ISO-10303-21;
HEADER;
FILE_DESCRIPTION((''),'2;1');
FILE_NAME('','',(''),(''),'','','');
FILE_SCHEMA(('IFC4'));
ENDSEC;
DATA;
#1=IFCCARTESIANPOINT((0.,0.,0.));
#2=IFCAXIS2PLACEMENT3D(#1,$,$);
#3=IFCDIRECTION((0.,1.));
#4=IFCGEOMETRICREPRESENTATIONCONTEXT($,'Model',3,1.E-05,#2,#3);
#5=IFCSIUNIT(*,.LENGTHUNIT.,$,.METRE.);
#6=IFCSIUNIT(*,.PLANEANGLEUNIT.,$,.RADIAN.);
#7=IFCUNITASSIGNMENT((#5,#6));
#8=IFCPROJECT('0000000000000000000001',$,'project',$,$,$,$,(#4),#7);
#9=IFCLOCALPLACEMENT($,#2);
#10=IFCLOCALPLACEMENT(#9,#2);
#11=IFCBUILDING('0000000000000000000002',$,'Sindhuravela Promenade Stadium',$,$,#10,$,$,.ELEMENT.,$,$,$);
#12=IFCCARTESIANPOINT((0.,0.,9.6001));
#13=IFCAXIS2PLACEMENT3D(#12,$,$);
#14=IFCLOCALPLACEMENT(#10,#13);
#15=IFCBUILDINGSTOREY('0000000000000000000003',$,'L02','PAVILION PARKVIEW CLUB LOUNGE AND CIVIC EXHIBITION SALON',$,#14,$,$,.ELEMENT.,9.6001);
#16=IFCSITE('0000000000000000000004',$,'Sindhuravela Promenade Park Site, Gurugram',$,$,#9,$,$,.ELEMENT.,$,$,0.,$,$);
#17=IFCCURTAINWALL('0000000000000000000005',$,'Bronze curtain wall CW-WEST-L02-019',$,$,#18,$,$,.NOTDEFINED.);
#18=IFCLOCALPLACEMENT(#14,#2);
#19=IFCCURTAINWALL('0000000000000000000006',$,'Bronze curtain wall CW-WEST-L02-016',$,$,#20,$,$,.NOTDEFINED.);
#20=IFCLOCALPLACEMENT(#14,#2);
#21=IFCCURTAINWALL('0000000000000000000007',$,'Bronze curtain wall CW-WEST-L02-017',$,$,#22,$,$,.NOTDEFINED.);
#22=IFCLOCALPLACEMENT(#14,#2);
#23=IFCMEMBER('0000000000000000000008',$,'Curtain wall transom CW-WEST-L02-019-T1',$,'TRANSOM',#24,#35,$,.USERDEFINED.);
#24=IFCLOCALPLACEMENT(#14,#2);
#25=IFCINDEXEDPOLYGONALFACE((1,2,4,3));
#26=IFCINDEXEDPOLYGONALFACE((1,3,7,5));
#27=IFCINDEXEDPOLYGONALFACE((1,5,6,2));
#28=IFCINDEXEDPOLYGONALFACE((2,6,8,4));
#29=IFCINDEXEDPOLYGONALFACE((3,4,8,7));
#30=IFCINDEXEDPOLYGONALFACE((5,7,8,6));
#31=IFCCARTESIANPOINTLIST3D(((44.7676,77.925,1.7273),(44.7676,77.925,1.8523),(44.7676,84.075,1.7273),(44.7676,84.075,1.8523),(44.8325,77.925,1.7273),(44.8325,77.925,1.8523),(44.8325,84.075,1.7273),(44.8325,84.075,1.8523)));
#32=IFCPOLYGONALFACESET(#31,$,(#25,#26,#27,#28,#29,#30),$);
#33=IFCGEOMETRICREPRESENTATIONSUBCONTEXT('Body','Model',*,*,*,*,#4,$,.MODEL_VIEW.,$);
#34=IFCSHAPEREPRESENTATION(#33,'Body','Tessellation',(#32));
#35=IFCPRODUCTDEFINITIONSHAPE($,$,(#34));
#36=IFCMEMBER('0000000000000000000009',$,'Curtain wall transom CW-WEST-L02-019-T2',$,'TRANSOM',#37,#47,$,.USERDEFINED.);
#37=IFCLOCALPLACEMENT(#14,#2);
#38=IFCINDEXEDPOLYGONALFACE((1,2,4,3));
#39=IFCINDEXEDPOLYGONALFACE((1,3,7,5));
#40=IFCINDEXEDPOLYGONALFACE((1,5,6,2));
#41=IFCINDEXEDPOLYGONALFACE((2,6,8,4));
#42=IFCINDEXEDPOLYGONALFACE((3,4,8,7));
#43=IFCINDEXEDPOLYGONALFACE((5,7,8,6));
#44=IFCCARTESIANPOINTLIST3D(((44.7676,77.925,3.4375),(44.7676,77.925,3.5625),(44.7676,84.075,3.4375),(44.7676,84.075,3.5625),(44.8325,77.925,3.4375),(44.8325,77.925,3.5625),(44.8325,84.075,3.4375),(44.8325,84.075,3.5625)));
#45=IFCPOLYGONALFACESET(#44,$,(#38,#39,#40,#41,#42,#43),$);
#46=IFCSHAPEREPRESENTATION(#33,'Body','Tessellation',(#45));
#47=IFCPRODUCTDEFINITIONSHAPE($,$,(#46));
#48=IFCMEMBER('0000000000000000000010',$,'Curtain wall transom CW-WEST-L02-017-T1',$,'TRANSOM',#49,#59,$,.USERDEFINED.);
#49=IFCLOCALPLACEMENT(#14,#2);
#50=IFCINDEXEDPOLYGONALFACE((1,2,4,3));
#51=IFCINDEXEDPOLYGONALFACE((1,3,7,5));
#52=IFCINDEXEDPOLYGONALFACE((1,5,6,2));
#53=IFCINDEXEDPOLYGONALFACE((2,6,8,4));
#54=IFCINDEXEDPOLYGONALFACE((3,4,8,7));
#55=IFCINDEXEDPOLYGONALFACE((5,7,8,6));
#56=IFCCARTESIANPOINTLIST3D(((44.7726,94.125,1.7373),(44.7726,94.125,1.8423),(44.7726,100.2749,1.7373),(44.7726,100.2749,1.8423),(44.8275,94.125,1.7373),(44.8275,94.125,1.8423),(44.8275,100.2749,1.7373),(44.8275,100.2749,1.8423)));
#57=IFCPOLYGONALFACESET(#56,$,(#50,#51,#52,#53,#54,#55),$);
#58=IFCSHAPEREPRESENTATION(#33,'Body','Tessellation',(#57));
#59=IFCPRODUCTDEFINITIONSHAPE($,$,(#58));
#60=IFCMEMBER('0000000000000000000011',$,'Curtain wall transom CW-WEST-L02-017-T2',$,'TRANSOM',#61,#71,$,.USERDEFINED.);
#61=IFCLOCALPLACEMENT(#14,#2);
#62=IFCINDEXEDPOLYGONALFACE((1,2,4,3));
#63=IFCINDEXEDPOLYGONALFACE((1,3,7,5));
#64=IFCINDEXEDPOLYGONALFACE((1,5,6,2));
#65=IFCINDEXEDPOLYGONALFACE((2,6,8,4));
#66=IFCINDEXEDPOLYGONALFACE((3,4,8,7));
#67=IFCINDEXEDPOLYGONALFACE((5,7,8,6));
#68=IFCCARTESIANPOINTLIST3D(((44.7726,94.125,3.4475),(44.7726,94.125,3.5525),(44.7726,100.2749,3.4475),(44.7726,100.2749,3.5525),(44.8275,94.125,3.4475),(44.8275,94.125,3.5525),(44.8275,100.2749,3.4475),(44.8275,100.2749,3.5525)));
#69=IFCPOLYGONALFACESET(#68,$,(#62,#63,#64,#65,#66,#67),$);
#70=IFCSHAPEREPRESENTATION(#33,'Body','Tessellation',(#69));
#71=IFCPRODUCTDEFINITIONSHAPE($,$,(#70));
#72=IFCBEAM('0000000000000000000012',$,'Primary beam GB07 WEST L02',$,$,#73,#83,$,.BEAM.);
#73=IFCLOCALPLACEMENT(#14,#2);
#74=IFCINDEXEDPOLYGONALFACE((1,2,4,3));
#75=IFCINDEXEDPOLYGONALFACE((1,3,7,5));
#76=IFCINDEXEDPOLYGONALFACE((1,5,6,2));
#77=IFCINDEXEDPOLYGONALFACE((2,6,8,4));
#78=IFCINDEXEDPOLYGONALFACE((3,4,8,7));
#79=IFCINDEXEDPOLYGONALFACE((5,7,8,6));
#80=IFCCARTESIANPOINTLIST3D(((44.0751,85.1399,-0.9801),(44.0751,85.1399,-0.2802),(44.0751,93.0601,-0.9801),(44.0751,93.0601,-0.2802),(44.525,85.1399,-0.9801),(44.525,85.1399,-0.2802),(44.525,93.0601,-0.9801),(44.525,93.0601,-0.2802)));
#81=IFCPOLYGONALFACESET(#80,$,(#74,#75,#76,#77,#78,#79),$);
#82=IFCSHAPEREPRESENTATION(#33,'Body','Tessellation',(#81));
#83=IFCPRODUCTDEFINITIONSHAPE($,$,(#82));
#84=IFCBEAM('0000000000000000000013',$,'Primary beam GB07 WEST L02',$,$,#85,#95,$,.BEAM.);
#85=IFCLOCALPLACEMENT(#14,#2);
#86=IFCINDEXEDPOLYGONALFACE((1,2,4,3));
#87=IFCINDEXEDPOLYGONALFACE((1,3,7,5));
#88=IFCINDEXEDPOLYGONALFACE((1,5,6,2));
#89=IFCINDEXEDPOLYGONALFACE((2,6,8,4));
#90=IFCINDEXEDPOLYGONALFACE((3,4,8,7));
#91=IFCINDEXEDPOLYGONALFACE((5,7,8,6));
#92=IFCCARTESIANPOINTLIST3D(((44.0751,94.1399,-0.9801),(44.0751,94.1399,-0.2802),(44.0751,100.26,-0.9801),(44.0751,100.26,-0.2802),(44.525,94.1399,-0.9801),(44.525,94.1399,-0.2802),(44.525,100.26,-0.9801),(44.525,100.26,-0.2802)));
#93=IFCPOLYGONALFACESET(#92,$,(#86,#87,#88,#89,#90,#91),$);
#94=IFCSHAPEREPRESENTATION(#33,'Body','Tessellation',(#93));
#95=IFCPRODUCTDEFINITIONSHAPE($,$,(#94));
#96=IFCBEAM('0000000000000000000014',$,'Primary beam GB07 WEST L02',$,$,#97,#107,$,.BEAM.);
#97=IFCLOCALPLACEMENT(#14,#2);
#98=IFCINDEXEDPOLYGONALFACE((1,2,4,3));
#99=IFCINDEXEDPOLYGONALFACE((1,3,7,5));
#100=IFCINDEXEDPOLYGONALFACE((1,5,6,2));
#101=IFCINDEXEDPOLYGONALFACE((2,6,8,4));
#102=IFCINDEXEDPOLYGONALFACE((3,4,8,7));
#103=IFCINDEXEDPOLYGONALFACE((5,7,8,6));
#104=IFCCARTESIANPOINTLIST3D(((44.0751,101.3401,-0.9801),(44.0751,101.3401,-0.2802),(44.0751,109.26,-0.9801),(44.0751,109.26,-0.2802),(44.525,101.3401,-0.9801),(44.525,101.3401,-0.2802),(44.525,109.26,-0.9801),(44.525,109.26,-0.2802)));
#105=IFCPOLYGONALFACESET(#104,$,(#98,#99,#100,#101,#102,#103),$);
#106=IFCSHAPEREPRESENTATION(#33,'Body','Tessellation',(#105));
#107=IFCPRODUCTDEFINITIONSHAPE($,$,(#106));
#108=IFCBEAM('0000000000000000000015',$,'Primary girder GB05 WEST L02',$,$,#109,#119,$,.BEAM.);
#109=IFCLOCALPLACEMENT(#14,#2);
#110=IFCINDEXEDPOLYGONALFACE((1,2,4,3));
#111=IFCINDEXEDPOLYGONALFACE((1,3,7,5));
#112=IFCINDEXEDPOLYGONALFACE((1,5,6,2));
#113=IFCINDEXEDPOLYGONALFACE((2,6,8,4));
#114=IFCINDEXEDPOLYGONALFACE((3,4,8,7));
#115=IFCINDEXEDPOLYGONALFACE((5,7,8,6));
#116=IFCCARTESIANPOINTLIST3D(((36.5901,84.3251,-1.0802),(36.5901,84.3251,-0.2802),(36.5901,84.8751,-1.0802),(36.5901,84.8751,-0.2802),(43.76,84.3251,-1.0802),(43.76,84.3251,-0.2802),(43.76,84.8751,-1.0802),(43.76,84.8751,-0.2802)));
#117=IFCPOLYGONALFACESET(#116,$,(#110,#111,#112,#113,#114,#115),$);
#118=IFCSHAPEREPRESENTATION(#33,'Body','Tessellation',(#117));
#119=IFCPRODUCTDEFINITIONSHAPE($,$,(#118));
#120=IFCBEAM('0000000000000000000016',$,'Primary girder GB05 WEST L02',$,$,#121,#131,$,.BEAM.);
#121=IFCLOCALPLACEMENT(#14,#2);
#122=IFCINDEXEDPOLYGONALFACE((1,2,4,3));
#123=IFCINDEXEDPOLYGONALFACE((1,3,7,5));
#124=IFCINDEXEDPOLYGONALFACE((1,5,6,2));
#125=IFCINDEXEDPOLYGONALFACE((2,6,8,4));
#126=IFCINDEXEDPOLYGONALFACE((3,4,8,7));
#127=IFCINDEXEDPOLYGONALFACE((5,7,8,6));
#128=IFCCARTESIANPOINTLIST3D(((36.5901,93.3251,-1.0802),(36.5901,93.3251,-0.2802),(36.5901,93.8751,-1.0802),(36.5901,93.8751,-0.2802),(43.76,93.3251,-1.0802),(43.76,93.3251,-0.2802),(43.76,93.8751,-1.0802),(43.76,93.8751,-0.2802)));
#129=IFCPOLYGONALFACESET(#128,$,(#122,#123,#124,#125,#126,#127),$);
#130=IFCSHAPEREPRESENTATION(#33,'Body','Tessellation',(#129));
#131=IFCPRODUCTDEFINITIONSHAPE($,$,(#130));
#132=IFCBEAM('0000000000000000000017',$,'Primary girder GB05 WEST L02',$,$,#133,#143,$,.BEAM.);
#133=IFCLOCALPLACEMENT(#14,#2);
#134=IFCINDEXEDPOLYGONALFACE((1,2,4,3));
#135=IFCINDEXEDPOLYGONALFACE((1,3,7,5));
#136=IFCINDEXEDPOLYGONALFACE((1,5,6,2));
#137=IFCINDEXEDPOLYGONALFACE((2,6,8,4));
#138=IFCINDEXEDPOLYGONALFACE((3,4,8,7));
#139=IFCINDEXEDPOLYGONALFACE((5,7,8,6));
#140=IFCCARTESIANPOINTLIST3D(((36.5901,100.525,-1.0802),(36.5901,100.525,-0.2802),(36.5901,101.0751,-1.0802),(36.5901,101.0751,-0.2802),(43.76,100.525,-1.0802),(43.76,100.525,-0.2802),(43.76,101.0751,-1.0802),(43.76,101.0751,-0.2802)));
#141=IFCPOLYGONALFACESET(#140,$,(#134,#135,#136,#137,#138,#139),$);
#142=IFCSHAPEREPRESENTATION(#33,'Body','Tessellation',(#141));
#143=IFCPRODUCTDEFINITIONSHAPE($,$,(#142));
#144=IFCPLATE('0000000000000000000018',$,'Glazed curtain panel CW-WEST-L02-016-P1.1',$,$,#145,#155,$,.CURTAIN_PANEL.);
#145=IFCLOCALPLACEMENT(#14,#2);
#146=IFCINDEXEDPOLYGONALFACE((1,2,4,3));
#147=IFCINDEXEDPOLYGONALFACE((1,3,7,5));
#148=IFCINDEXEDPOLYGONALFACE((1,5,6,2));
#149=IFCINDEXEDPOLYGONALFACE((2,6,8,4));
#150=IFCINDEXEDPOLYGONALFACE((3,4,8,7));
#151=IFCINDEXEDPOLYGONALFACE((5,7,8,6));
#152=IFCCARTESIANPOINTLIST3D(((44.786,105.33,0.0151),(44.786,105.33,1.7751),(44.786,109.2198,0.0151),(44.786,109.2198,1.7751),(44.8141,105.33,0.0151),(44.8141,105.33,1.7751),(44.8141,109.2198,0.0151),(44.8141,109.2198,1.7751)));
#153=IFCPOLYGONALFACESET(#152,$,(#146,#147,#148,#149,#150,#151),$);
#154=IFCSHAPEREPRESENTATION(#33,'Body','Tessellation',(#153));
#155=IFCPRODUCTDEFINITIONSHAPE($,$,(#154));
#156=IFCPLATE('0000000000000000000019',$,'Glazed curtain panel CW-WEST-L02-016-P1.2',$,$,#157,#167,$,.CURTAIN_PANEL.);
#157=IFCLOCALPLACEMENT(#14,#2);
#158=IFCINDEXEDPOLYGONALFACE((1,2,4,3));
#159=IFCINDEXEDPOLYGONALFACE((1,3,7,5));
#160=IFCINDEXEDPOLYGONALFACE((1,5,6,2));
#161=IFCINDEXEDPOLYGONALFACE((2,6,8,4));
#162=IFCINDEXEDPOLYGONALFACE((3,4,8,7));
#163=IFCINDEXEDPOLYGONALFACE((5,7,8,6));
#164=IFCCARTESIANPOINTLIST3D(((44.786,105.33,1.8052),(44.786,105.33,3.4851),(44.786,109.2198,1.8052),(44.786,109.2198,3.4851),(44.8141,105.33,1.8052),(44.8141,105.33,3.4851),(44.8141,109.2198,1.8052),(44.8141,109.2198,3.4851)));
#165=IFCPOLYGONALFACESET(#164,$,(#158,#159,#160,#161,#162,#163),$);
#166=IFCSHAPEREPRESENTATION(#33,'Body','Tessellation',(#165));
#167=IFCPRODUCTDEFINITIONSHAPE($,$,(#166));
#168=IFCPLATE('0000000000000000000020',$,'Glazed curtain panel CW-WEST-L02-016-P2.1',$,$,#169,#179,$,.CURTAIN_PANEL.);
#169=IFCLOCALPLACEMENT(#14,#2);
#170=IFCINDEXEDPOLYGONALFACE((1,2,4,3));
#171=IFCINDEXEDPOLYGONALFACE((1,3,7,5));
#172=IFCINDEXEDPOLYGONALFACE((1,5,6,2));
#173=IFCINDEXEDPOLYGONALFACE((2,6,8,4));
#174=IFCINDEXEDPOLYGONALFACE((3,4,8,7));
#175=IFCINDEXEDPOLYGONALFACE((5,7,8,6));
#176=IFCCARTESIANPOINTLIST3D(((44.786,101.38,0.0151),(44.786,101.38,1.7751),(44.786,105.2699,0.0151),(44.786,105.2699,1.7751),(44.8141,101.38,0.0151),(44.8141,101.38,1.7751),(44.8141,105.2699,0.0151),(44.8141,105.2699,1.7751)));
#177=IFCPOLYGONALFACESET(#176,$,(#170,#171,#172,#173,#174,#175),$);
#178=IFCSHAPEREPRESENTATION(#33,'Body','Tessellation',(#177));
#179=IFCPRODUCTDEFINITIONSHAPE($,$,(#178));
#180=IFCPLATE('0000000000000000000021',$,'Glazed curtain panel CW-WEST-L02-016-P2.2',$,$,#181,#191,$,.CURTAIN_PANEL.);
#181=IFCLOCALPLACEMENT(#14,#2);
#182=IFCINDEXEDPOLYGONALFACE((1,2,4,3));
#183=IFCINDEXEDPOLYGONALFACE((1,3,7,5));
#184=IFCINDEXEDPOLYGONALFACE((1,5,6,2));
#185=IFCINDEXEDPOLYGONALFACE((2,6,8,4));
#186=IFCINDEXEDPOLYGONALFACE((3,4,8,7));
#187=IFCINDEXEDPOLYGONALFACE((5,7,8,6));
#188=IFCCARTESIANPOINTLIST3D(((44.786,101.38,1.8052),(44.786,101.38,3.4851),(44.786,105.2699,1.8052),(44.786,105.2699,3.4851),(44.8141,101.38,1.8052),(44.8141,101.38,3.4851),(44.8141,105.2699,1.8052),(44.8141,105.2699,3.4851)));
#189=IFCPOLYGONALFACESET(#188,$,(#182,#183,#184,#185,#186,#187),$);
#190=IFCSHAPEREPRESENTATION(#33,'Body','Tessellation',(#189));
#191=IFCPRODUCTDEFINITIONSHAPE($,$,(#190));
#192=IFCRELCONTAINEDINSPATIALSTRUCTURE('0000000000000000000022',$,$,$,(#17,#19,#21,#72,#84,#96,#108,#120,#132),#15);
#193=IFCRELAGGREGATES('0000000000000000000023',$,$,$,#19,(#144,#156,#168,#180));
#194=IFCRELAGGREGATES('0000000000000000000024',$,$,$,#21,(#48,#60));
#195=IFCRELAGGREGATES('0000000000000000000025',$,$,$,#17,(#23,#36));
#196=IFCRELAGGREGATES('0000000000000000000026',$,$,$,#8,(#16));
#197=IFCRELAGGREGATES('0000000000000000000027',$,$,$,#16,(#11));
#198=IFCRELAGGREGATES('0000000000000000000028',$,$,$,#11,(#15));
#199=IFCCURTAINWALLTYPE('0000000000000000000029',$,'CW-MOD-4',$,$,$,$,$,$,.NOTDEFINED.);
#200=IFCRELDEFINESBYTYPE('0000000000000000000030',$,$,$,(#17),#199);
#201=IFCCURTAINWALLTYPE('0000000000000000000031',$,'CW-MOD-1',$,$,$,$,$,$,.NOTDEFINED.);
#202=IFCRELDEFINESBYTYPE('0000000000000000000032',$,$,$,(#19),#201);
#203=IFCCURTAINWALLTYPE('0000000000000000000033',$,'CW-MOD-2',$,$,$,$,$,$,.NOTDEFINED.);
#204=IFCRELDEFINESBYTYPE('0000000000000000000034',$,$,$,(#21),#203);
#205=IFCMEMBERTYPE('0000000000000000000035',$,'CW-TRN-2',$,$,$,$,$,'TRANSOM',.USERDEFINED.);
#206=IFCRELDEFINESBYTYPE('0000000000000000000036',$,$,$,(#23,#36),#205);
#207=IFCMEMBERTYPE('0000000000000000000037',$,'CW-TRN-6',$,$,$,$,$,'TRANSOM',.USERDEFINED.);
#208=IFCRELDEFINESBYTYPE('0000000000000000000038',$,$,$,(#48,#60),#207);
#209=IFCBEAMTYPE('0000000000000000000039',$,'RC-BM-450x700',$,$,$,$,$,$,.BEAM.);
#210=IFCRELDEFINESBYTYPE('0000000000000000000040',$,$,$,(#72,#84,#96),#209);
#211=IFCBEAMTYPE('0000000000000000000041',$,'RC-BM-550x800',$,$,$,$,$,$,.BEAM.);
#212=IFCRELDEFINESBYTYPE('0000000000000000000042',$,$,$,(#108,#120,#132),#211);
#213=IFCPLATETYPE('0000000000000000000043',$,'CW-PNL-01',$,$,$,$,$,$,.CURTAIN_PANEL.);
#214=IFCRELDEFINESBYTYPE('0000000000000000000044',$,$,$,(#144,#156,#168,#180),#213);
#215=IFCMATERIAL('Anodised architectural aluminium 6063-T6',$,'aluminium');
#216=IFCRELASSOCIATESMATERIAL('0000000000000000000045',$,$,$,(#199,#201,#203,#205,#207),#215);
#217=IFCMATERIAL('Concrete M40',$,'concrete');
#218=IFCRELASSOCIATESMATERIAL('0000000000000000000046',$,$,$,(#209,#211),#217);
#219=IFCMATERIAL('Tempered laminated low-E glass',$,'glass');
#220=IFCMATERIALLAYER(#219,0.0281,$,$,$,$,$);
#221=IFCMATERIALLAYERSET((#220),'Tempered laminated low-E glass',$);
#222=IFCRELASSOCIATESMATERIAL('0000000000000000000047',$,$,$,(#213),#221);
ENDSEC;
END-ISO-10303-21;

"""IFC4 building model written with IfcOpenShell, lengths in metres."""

from ifc_helpers import new_model, si_unit, direction, frame, origin, origin_2d, place, context, subcontext, project, spatial, rectangle, extrude, material, layer, layer_set, material_profile, profile_set, type_object, element, aggregate, save


model = new_model("IFC4")

# Units and contexts
model_context = context("Model", 3, precision=1e-05, world=origin(), true_north=direction((0.0, 1.0)))
body_context = subcontext(model_context, "Body", "Model", "MODEL_VIEW")
ifc_project = project(units=[si_unit("LENGTHUNIT", "METRE"), si_unit("PLANEANGLEUNIT", "RADIAN")], contexts=[model_context])

# Site, building, storey
site_placement = place(None, origin())
site = spatial("IfcSite", under=ifc_project, at=site_placement, Name="Sindhuravela Promenade Park Site, Gurugram", CompositionType="ELEMENT", RefElevation=0.0)
building_placement = place(site_placement, origin())
building = spatial("IfcBuilding", under=site, at=building_placement, Name="Sindhuravela Promenade Stadium", CompositionType="ELEMENT")
storey_placement = place(building_placement, frame((0.0, 0.0, 9.6001)))
storey = spatial("IfcBuildingStorey", under=building, at=storey_placement, Name="L02", Description="PAVILION PARKVIEW CLUB LOUNGE AND CIVIC EXHIBITION SALON", CompositionType="ELEMENT", Elevation=9.6001)

# Shared definitions
ifc_material_1 = material(Name="Anodised architectural aluminium 6063-T6", Category="aluminium")

# Curtain wall
curtain_wall_type_1 = type_object("IfcCurtainWallType", Name="CW-MOD-4", PredefinedType="NOTDEFINED", material=ifc_material_1)
curtain_wall_1_placement = place(storey_placement, origin())
curtain_wall_1 = element("IfcCurtainWall", 1, at=curtain_wall_1_placement, inside=storey, type_object=curtain_wall_type_1, Name="Bronze curtain wall CW-WEST-L02-019", PredefinedType="NOTDEFINED")

# Curtain walls
curtain_wall_type_2 = type_object("IfcCurtainWallType", Name="CW-MOD-1", PredefinedType="NOTDEFINED", material=ifc_material_1)
curtain_wall_2_placement = place(storey_placement, origin())
curtain_wall_2 = element("IfcCurtainWall", 2, at=curtain_wall_2_placement, inside=storey, type_object=curtain_wall_type_2, Name="Bronze curtain wall CW-WEST-L02-016", PredefinedType="NOTDEFINED")
curtain_wall_type_3 = type_object("IfcCurtainWallType", Name="CW-MOD-2", PredefinedType="NOTDEFINED", material=ifc_material_1)
curtain_wall_3_placement = place(storey_placement, origin())
curtain_wall_3 = element("IfcCurtainWall", 3, at=curtain_wall_3_placement, inside=storey, type_object=curtain_wall_type_3, Name="Bronze curtain wall CW-WEST-L02-017", PredefinedType="NOTDEFINED")

# Members
ifc_material_profile_1 = material_profile(ifc_material_1, rectangle(XDim=0.0649, YDim=0.125, at=origin_2d()), Name="ALU TRAN 65x125")
ifc_profile_set_1 = profile_set([ifc_material_profile_1], Name="Anodised architectural aluminium 6063-T6")
member_type_1 = type_object("IfcMemberType", Name="CW-TRN-2", ElementType="TRANSOM", PredefinedType="USERDEFINED", material=ifc_profile_set_1)
member_1_placement = place(storey_placement, frame((44.8, 84.075, 1.7898), z_axis=(0.0, -1.0, 0.0), x_axis=(1.0, 0.0, 0.0)))
member_1 = element("IfcMember", 4, at=member_1_placement, type_object=member_type_1, Name="Curtain wall transom CW-WEST-L02-019-T1", ObjectType="TRANSOM", PredefinedType="USERDEFINED", context=body_context, shape_type="SweptSolid", body=[
    extrude(rectangle(XDim=0.0649, YDim=0.125, at=origin_2d()), origin(), (0.0, 0.0, 1.0), 6.1499),
])
member_2_placement = place(storey_placement, frame((44.8, 84.075, 3.5), z_axis=(0.0, -1.0, 0.0), x_axis=(1.0, 0.0, 0.0)))
member_2 = element("IfcMember", 5, at=member_2_placement, type_object=member_type_1, Name="Curtain wall transom CW-WEST-L02-019-T2", ObjectType="TRANSOM", PredefinedType="USERDEFINED", context=body_context, shape_type="SweptSolid", body=[
    extrude(rectangle(XDim=0.0649, YDim=0.125, at=origin_2d()), origin(), (0.0, 0.0, 1.0), 6.1499),
])
ifc_material_profile_2 = material_profile(ifc_material_1, rectangle(XDim=0.0549, YDim=0.105, at=origin_2d()), Name="ALU T55x105")
ifc_profile_set_2 = profile_set([ifc_material_profile_2], Name="Anodised architectural aluminium 6063-T6")
member_type_2 = type_object("IfcMemberType", Name="CW-TRN-6", ElementType="TRANSOM", PredefinedType="USERDEFINED", material=ifc_profile_set_2)
member_3_placement = place(storey_placement, frame((44.8, 100.2749, 1.7898), z_axis=(0.0, -1.0, 0.0), x_axis=(1.0, 0.0, 0.0)))
member_3 = element("IfcMember", 6, at=member_3_placement, type_object=member_type_2, Name="Curtain wall transom CW-WEST-L02-017-T1", ObjectType="TRANSOM", PredefinedType="USERDEFINED", context=body_context, shape_type="SweptSolid", body=[
    extrude(rectangle(XDim=0.0549, YDim=0.105, at=origin_2d()), origin(), (0.0, 0.0, 1.0), 6.1499),
])
member_4_placement = place(storey_placement, frame((44.8, 100.2749, 3.5), z_axis=(0.0, -1.0, 0.0), x_axis=(1.0, 0.0, 0.0)))
member_4 = element("IfcMember", 7, at=member_4_placement, type_object=member_type_2, Name="Curtain wall transom CW-WEST-L02-017-T2", ObjectType="TRANSOM", PredefinedType="USERDEFINED", context=body_context, shape_type="SweptSolid", body=[
    extrude(rectangle(XDim=0.0549, YDim=0.105, at=origin_2d()), origin(), (0.0, 0.0, 1.0), 6.1499),
])

# Beams
ifc_material_2 = material(Name="Concrete M40", Category="concrete")
ifc_material_profile_3 = material_profile(ifc_material_2, rectangle(XDim=0.45, YDim=0.7, at=origin_2d()), Name="RC 450x700")
ifc_profile_set_3 = profile_set([ifc_material_profile_3], Name="Concrete M40")
beam_type_1 = type_object("IfcBeamType", Name="RC-BM-450x700", PredefinedType="BEAM", material=ifc_profile_set_3)
beam_1_placement = place(storey_placement, frame((44.3, 85.1399, -0.6301), z_axis=(0.0, 1.0, 0.0), x_axis=(-1.0, 0.0, 0.0)))
element("IfcBeam", 8, at=beam_1_placement, inside=storey, type_object=beam_type_1, Name="Primary beam GB07 WEST L02", PredefinedType="BEAM", context=body_context, shape_type="SweptSolid", body=[
    extrude(rectangle(XDim=0.45, YDim=0.7, at=origin_2d()), origin(), (0.0, 0.0, 1.0), 7.9202),
])
beam_2_placement = place(storey_placement, frame((44.3, 94.1399, -0.6301), z_axis=(0.0, 1.0, 0.0), x_axis=(-1.0, 0.0, 0.0)))
element("IfcBeam", 9, at=beam_2_placement, inside=storey, type_object=beam_type_1, Name="Primary beam GB07 WEST L02", PredefinedType="BEAM", context=body_context, shape_type="SweptSolid", body=[
    extrude(rectangle(XDim=0.45, YDim=0.7, at=origin_2d()), origin(), (0.0, 0.0, 1.0), 6.1201),
])
beam_3_placement = place(storey_placement, frame((44.3, 101.3401, -0.6301), z_axis=(0.0, 1.0, 0.0), x_axis=(-1.0, 0.0, 0.0)))
element("IfcBeam", 10, at=beam_3_placement, inside=storey, type_object=beam_type_1, Name="Primary beam GB07 WEST L02", PredefinedType="BEAM", context=body_context, shape_type="SweptSolid", body=[
    extrude(rectangle(XDim=0.45, YDim=0.7, at=origin_2d()), origin(), (0.0, 0.0, 1.0), 7.9199),
])
ifc_material_profile_4 = material_profile(ifc_material_2, rectangle(XDim=0.55, YDim=0.8, at=origin_2d()), Name="RC 550x800")
ifc_profile_set_4 = profile_set([ifc_material_profile_4], Name="Concrete M40")
beam_type_2 = type_object("IfcBeamType", Name="RC-BM-550x800", PredefinedType="BEAM", material=ifc_profile_set_4)
for number, where, z_axis, x_axis, name in (
    (11, (36.5901, 84.6001, -0.6802), (1.0, 0.0, 0.0), (0.0, 1.0, 0.0), "Primary girder GB05 WEST L02"),
    (12, (36.5901, 93.6001, -0.6802), (1.0, 0.0, 0.0), (0.0, 1.0, 0.0), "Primary girder GB05 WEST L02"),
    (13, (36.5901, 100.8, -0.6802), (1.0, 0.0, 0.0), (0.0, 1.0, 0.0), "Primary girder GB05 WEST L02"),
):
    element("IfcBeam", number, at=place(storey_placement, frame(where, z_axis=z_axis, x_axis=x_axis)), inside=storey, type_object=beam_type_2, Name=name, PredefinedType="BEAM", context=body_context, shape_type="SweptSolid", body=[
        extrude(rectangle(XDim=0.55, YDim=0.8, at=origin_2d()), origin(), (0.0, 0.0, 1.0), 7.1699),
    ])

# Plates
ifc_material_3 = material(Name="Tempered laminated low-E glass", Category="glass")
ifc_layer_1 = layer(ifc_material_3, 0.0281)
ifc_layer_set_1 = layer_set([ifc_layer_1], Name="Tempered laminated low-E glass")
plate_type_1 = type_object("IfcPlateType", Name="CW-PNL-01", PredefinedType="CURTAIN_PANEL", material=ifc_layer_set_1)
plate_1_placement = place(storey_placement, frame((44.8, 107.2749, 0.0151), z_axis=(0.0, 0.0, 1.0), x_axis=(0.0, -1.0, 0.0)))
plate_1 = element("IfcPlate", 14, at=plate_1_placement, type_object=plate_type_1, Name="Glazed curtain panel CW-WEST-L02-016-P1.1", PredefinedType="CURTAIN_PANEL", context=body_context, shape_type="SweptSolid", body=[
    extrude(rectangle(XDim=3.8899, YDim=0.0281, at=origin_2d()), origin(), (0.0, 0.0, 1.0), 1.76),
])
plate_2_placement = place(storey_placement, frame((44.8, 107.2749, 1.8052), z_axis=(0.0, 0.0, 1.0), x_axis=(0.0, -1.0, 0.0)))
plate_2 = element("IfcPlate", 15, at=plate_2_placement, type_object=plate_type_1, Name="Glazed curtain panel CW-WEST-L02-016-P1.2", PredefinedType="CURTAIN_PANEL", context=body_context, shape_type="SweptSolid", body=[
    extrude(rectangle(XDim=3.8899, YDim=0.0281, at=origin_2d()), origin(), (0.0, 0.0, 1.0), 1.6799),
])
plate_3_placement = place(storey_placement, frame((44.8, 103.325, 0.0151), z_axis=(0.0, 0.0, 1.0), x_axis=(0.0, -1.0, 0.0)))
plate_3 = element("IfcPlate", 16, at=plate_3_placement, type_object=plate_type_1, Name="Glazed curtain panel CW-WEST-L02-016-P2.1", PredefinedType="CURTAIN_PANEL", context=body_context, shape_type="SweptSolid", body=[
    extrude(rectangle(XDim=3.8899, YDim=0.0281, at=origin_2d()), origin(), (0.0, 0.0, 1.0), 1.76),
])
plate_4_placement = place(storey_placement, frame((44.8, 103.325, 1.8052), z_axis=(0.0, 0.0, 1.0), x_axis=(0.0, -1.0, 0.0)))
plate_4 = element("IfcPlate", 17, at=plate_4_placement, type_object=plate_type_1, Name="Glazed curtain panel CW-WEST-L02-016-P2.2", PredefinedType="CURTAIN_PANEL", context=body_context, shape_type="SweptSolid", body=[
    extrude(rectangle(XDim=3.8899, YDim=0.0281, at=origin_2d()), origin(), (0.0, 0.0, 1.0), 1.6799),
])
aggregate(curtain_wall_2, [plate_1, plate_2, plate_3, plate_4])
aggregate(curtain_wall_3, [member_3, member_4])
aggregate(curtain_wall_1, [member_1, member_2])

save(model, "model.ifc")
